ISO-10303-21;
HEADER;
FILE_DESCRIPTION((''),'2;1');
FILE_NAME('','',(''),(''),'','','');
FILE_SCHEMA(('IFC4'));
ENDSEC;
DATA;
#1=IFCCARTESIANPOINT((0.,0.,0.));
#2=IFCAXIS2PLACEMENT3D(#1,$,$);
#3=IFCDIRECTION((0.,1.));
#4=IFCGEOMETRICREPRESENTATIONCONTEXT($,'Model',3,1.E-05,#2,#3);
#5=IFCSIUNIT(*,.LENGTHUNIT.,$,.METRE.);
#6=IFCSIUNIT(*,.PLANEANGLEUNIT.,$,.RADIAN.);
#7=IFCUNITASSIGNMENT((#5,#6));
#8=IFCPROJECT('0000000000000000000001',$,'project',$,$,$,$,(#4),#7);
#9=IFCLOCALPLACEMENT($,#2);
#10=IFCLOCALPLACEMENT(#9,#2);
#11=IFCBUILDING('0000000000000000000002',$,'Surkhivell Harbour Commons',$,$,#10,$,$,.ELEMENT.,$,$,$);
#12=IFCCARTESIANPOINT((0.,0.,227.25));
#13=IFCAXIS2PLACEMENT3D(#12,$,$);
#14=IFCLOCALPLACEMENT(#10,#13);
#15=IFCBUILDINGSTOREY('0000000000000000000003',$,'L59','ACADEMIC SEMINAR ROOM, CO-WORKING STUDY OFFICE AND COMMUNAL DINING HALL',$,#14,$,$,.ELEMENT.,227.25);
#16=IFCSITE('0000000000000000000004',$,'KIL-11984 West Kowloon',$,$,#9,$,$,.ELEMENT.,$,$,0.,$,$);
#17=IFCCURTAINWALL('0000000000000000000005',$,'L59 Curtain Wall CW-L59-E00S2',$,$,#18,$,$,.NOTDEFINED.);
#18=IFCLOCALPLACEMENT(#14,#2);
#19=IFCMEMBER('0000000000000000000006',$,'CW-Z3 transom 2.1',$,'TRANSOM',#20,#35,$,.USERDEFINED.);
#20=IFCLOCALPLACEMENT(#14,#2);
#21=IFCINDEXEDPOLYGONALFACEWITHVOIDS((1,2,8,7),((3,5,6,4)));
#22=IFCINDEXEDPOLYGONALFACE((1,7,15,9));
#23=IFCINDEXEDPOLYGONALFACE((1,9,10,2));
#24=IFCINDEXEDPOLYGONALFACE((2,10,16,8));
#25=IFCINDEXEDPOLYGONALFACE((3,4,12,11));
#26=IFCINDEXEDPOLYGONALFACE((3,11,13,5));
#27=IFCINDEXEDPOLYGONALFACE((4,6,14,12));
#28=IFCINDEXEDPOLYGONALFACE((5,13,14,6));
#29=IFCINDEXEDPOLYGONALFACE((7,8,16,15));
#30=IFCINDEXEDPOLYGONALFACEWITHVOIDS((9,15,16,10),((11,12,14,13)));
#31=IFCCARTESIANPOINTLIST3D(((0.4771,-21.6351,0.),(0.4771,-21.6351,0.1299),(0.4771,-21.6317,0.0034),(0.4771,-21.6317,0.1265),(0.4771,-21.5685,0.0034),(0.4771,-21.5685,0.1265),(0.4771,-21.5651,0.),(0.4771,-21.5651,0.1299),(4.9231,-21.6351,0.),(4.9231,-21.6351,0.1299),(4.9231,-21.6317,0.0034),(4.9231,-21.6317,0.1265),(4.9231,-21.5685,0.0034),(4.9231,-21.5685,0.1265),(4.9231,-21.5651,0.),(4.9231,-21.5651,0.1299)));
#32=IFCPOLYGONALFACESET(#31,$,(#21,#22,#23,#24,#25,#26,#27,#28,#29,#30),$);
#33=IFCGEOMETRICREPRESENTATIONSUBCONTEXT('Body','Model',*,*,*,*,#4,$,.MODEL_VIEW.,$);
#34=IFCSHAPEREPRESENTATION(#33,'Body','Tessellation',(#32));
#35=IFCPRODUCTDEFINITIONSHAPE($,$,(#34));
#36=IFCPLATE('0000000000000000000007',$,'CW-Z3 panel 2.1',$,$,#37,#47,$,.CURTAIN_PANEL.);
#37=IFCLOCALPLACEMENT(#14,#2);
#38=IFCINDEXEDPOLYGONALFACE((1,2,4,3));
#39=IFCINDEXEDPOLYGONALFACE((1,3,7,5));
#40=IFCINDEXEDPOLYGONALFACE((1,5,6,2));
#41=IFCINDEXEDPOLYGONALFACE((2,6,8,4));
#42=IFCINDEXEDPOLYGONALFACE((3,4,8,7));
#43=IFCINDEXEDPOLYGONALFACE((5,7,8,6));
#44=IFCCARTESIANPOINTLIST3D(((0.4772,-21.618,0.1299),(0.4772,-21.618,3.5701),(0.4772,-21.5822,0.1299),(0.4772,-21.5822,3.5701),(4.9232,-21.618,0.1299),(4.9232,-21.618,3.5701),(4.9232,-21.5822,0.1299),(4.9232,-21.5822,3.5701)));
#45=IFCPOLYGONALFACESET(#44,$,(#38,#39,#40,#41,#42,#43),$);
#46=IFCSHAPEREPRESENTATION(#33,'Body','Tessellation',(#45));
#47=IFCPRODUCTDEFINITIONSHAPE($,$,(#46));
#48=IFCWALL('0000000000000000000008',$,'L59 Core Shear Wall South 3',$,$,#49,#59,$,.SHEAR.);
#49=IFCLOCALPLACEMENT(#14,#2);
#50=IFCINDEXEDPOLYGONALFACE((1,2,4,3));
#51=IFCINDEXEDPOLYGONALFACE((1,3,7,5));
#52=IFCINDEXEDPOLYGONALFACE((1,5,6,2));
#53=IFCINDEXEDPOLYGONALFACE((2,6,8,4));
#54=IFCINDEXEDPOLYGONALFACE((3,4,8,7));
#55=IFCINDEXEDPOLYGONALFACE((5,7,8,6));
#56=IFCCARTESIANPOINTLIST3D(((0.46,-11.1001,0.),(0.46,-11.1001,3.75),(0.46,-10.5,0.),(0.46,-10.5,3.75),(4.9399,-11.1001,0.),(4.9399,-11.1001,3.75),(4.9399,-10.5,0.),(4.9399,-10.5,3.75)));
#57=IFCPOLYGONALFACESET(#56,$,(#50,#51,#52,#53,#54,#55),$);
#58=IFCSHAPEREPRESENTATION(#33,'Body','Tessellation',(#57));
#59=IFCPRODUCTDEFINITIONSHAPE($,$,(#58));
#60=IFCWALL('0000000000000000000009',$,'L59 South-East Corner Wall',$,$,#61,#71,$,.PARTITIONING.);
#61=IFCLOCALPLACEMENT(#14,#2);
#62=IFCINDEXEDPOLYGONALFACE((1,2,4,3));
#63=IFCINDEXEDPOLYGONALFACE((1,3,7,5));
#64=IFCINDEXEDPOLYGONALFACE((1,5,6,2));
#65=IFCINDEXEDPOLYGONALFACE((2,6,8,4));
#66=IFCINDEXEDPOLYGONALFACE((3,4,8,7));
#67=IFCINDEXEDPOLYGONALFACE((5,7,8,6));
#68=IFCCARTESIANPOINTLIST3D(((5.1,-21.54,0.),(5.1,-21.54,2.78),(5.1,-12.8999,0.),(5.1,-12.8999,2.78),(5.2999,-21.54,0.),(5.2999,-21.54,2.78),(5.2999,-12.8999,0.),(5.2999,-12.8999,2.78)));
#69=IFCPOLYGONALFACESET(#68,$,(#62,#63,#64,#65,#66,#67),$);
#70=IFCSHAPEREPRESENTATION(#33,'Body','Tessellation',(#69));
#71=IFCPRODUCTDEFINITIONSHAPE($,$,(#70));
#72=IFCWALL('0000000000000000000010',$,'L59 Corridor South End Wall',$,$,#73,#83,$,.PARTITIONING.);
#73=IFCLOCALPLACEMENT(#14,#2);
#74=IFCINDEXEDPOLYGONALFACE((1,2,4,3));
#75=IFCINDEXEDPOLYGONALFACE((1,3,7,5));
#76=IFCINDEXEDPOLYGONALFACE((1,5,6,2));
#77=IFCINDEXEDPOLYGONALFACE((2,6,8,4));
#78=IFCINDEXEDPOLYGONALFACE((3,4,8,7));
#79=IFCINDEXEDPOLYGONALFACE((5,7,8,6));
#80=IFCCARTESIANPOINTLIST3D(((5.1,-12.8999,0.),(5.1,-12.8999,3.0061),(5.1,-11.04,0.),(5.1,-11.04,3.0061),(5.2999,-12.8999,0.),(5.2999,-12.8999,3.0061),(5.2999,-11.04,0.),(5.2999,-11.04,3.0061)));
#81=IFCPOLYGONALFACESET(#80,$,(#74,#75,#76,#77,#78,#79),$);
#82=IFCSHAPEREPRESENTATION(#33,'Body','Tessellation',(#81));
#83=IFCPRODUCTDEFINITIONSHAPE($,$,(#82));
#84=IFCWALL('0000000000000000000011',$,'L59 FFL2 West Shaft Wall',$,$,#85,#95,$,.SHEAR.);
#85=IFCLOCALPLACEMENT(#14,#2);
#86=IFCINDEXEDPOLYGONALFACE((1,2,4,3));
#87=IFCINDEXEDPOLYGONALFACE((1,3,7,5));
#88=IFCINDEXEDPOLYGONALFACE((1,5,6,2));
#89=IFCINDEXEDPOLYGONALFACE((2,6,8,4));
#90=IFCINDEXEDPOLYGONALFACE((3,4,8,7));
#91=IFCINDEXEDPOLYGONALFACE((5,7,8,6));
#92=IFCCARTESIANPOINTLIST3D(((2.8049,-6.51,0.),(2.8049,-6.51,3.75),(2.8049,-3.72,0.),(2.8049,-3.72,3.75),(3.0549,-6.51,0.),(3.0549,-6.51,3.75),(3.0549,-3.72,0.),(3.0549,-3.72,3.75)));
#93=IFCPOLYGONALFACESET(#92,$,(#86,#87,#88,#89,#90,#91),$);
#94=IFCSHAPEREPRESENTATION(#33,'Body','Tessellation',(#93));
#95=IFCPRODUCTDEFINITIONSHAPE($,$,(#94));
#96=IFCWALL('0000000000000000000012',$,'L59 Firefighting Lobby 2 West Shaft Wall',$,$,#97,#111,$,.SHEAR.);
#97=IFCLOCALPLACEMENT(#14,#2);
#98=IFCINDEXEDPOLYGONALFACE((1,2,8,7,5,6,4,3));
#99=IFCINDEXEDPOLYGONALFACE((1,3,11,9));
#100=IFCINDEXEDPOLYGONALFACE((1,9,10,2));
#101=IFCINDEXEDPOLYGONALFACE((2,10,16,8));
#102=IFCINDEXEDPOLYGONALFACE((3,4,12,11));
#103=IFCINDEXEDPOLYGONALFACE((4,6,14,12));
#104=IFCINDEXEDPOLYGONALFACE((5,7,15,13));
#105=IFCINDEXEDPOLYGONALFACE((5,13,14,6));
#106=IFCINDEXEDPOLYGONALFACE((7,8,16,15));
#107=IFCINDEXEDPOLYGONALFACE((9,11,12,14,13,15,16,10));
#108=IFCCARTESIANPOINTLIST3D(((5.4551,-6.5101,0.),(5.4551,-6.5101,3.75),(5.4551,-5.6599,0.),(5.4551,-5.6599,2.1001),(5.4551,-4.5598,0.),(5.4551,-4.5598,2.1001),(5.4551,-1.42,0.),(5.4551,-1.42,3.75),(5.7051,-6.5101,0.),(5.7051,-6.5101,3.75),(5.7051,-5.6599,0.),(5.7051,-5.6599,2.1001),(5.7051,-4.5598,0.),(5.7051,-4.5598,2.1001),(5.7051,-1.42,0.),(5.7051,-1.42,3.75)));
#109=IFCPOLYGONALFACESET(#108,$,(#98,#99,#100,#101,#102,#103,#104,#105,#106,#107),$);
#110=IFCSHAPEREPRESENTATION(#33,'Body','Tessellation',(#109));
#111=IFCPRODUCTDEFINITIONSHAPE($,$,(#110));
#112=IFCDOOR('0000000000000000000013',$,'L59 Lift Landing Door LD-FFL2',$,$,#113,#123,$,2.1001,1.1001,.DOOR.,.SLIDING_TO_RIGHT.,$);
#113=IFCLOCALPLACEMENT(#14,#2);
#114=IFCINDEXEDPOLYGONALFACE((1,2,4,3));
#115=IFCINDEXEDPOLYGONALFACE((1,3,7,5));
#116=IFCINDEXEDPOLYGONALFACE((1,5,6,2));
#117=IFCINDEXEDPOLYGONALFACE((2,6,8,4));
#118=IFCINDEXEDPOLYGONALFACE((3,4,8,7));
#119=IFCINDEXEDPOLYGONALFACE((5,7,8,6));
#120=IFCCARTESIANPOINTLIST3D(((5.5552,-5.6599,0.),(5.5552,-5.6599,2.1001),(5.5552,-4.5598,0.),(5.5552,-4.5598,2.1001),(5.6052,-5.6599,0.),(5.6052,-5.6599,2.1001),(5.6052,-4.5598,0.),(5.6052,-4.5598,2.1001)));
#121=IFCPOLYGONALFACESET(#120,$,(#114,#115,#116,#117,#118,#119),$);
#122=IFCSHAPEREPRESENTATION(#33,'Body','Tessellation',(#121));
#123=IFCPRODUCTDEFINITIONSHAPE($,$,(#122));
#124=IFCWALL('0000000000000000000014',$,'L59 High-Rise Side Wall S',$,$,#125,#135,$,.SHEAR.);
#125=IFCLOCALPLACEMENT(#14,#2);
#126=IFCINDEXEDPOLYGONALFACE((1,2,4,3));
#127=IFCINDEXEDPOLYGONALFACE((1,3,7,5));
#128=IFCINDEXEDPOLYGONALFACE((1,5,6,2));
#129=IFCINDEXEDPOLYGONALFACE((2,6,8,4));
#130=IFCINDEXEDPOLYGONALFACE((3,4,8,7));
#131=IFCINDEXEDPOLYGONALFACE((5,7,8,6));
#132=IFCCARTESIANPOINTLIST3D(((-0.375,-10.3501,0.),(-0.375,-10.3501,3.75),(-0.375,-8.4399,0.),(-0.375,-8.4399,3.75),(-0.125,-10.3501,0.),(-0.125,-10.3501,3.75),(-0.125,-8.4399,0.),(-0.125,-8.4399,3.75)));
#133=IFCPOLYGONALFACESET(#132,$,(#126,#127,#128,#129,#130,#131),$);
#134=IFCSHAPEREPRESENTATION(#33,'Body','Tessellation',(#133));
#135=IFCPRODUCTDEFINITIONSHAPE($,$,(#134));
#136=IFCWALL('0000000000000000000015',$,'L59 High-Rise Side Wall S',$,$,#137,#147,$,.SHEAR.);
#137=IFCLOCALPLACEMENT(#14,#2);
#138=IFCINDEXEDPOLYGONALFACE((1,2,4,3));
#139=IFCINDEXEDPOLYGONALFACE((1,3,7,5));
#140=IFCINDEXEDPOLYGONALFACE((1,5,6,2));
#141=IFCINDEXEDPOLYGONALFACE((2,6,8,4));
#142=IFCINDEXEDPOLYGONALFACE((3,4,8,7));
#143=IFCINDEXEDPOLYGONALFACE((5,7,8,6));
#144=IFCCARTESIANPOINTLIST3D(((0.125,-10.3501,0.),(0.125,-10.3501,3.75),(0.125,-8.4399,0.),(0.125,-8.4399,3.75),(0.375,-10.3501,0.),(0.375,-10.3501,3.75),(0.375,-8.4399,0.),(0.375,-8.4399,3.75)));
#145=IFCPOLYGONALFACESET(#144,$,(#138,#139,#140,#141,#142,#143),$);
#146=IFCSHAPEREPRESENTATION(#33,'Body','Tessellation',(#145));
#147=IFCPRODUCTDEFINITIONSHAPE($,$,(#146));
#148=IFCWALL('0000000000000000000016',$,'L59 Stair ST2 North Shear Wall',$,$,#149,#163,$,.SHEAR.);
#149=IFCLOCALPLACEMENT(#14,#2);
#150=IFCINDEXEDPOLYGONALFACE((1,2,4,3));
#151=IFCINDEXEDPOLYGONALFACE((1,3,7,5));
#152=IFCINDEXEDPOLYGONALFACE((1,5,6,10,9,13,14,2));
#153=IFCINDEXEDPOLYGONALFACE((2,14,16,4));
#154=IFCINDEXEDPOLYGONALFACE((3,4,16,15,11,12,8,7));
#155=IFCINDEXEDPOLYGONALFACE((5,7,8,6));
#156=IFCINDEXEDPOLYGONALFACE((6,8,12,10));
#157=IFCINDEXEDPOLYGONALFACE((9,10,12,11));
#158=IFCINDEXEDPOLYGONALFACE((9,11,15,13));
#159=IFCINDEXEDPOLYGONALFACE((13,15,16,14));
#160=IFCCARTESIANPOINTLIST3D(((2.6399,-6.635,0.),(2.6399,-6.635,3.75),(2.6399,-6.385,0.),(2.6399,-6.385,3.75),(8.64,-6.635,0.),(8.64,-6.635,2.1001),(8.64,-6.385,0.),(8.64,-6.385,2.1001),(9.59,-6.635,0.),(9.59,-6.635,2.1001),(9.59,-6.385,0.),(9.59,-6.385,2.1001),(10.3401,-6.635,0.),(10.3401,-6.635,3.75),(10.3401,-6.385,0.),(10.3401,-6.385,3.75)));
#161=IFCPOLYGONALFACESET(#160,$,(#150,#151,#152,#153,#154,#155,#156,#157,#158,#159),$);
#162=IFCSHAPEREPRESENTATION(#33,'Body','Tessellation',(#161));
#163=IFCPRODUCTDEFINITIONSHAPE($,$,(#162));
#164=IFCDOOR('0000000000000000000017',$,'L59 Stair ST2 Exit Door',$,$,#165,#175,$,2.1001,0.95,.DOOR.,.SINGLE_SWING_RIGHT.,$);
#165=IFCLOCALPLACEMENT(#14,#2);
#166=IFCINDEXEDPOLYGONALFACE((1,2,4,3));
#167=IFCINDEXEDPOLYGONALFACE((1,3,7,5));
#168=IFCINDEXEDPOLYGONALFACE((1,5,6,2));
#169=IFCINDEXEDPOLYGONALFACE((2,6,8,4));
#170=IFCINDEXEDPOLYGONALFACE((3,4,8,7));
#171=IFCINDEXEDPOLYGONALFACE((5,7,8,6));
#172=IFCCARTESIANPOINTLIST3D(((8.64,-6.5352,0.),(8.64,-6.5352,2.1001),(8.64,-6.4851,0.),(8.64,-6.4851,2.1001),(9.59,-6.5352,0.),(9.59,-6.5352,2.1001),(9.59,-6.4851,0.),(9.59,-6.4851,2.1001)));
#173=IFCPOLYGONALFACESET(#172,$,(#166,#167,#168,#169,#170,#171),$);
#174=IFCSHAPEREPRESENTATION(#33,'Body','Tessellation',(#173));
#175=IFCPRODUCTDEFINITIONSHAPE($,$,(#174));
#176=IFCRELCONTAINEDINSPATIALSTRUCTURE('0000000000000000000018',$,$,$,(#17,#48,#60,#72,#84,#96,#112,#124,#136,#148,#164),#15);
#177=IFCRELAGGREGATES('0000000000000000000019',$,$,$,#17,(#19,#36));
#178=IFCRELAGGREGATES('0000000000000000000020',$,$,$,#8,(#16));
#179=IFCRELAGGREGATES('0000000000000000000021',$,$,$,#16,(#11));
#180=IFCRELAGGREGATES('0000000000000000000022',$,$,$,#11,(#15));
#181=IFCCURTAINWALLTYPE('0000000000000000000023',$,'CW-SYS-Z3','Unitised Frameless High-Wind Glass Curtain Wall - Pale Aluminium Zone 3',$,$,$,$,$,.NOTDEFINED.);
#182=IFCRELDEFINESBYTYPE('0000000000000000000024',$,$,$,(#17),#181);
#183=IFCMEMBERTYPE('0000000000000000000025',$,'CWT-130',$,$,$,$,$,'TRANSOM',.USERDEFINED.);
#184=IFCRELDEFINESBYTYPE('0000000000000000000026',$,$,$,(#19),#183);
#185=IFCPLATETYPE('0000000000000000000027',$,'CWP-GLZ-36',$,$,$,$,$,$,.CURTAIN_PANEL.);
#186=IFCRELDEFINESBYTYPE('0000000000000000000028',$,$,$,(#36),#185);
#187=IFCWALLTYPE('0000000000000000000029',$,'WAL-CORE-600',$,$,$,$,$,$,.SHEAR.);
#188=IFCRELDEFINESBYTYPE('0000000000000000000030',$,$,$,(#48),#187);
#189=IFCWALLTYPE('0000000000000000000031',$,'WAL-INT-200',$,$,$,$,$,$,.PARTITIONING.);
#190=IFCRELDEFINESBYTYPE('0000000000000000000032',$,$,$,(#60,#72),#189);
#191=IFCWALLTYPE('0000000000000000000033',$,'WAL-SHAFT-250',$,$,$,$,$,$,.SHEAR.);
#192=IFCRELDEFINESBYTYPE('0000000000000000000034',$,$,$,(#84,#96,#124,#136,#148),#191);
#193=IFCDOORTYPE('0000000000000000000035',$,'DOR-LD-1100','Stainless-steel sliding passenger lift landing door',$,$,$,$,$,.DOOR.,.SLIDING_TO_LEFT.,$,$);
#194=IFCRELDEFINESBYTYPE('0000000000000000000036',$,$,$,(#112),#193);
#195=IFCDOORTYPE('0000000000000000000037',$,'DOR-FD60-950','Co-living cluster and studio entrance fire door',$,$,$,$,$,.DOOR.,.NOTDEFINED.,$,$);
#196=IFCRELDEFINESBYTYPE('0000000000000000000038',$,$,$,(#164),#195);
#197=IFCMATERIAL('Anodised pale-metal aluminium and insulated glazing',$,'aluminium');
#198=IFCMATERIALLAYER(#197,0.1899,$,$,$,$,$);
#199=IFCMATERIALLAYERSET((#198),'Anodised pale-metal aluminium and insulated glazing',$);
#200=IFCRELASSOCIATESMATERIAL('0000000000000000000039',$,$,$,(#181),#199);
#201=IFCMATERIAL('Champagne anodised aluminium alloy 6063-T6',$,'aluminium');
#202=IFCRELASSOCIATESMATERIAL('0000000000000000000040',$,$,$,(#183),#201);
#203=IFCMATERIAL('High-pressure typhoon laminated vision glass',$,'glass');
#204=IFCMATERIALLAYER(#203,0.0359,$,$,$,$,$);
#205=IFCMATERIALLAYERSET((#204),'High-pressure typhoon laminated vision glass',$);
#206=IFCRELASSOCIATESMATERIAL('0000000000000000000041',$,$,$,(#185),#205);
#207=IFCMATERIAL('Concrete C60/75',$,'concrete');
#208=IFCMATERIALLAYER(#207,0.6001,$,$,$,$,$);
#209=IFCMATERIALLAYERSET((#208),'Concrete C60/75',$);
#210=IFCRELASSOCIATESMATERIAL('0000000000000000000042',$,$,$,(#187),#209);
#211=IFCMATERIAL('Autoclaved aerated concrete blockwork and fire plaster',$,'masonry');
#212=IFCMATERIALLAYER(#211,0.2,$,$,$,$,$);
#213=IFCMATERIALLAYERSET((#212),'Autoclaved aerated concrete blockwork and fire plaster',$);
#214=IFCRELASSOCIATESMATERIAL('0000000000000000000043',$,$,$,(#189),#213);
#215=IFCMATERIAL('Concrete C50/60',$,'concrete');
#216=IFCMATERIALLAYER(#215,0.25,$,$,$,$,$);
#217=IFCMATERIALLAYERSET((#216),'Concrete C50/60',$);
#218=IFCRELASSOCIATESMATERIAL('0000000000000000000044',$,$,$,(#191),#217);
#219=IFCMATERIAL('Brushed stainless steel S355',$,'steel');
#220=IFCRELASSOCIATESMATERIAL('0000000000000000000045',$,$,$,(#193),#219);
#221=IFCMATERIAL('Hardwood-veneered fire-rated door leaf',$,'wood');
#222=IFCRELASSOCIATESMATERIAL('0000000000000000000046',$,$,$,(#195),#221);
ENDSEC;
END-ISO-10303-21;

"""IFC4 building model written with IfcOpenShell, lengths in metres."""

from ifc_helpers import new_model, si_unit, direction, frame, frame_2d, origin, origin_2d, place, context, subcontext, project, spatial, rectangle, hollow_rectangle, extrude, material, layer, layer_set, material_profile, profile_set, type_object, element, fill, aggregate, save


model = new_model("IFC4")

# Units and contexts
model_context = context("Model", 3, precision=1e-05, world=origin(), true_north=direction((0.0, 1.0)))
body_context = subcontext(model_context, "Body", "Model", "MODEL_VIEW")
ifc_project = project(units=[si_unit("LENGTHUNIT", "METRE"), si_unit("PLANEANGLEUNIT", "RADIAN")], contexts=[model_context])

# Site, building, storey
site_placement = place(None, origin())
site = spatial("IfcSite", under=ifc_project, at=site_placement, Name="KIL-11984 West Kowloon", CompositionType="ELEMENT", RefElevation=0.0)
building_placement = place(site_placement, origin())
building = spatial("IfcBuilding", under=site, at=building_placement, Name="Surkhivell Harbour Commons", CompositionType="ELEMENT")
storey_placement = place(building_placement, frame((0.0, 0.0, 227.25)))
storey = spatial("IfcBuildingStorey", under=building, at=storey_placement, Name="L59", Description="ACADEMIC SEMINAR ROOM, CO-WORKING STUDY OFFICE AND COMMUNAL DINING HALL", CompositionType="ELEMENT", Elevation=227.25)

# Shared definitions
ifc_material_1 = material(Name="Concrete C60/75", Category="concrete")
ifc_material_2 = material(Name="Concrete C50/60", Category="concrete")

# Curtain wall, member, plate
ifc_material_3 = material(Name="Anodised pale-metal aluminium and insulated glazing", Category="aluminium")
ifc_layer_1 = layer(ifc_material_3, 0.1899)
ifc_layer_set_1 = layer_set([ifc_layer_1], Name="Anodised pale-metal aluminium and insulated glazing")
curtain_wall_type = type_object("IfcCurtainWallType", Name="CW-SYS-Z3", Description="Unitised Frameless High-Wind Glass Curtain Wall - Pale Aluminium Zone 3", PredefinedType="NOTDEFINED", material=ifc_layer_set_1)
curtain_wall_placement = place(storey_placement, origin())
curtain_wall = element("IfcCurtainWall", 1, at=curtain_wall_placement, inside=storey, type_object=curtain_wall_type, Name="L59 Curtain Wall CW-L59-E00S2", PredefinedType="NOTDEFINED")
ifc_material_4 = material(Name="Champagne anodised aluminium alloy 6063-T6", Category="aluminium")
ifc_material_profile_1 = material_profile(ifc_material_4, hollow_rectangle(XDim=0.0701, YDim=0.1299, WallThickness=0.0034, at=origin_2d()), Name="ALU-TRAN-70x130")
ifc_profile_set_1 = profile_set([ifc_material_profile_1], Name="Champagne anodised aluminium alloy 6063-T6")
member_type_1 = type_object("IfcMemberType", Name="CWT-130", ElementType="TRANSOM", PredefinedType="USERDEFINED", material=ifc_profile_set_1)
member_1_placement = place(storey_placement, frame((0.4771, -21.6001, 0.0649), z_axis=(1.0, 0.0, 0.0), x_axis=(0.0, 1.0, 0.0)))
member_1 = element("IfcMember", 2, at=member_1_placement, type_object=member_type_1, Name="CW-Z3 transom 2.1", ObjectType="TRANSOM", PredefinedType="USERDEFINED", context=body_context, shape_type="SweptSolid", body=[
    extrude(hollow_rectangle(XDim=0.0701, YDim=0.1299, WallThickness=0.0034, at=origin_2d()), origin(), (0.0, 0.0, 1.0), 4.446),
])
ifc_material_5 = material(Name="High-pressure typhoon laminated vision glass", Category="glass")
ifc_layer_2 = layer(ifc_material_5, 0.0359)
ifc_layer_set_2 = layer_set([ifc_layer_2], Name="High-pressure typhoon laminated vision glass")
plate_type = type_object("IfcPlateType", Name="CWP-GLZ-36", PredefinedType="CURTAIN_PANEL", material=ifc_layer_set_2)
plate_placement = place(storey_placement, frame((0.4771, -21.6001, 0.1299), z_axis=(0.0, 0.0, 1.0), x_axis=(1.0, 0.0, 0.0)))
plate = element("IfcPlate", 3, at=plate_placement, type_object=plate_type, Name="CW-Z3 panel 2.1", PredefinedType="CURTAIN_PANEL", context=body_context, shape_type="SweptSolid", body=[
    extrude(rectangle(XDim=4.446, YDim=0.0359, at=frame_2d((2.2231, 0.0))), origin(), (0.0, 0.0, 1.0), 3.4402),
])
aggregate(curtain_wall, [member_1, plate])

# Walls
ifc_layer_3 = layer(ifc_material_1, 0.6001)
ifc_layer_set_3 = layer_set([ifc_layer_3], Name="Concrete C60/75")
wall_type_1 = type_object("IfcWallType", Name="WAL-CORE-600", PredefinedType="SHEAR", material=ifc_layer_set_3)
wall_1_placement = place(storey_placement, frame((0.46, -10.8, 0.0), z_axis=(0.0, 0.0, 1.0), x_axis=(1.0, 0.0, 0.0)))
element("IfcWall", 4, at=wall_1_placement, inside=storey, type_object=wall_type_1, Name="L59 Core Shear Wall South 3", PredefinedType="SHEAR", context=body_context, shape_type="SweptSolid", body=[
    extrude(rectangle(XDim=4.48, YDim=0.6001, at=frame_2d((2.24, 0.0))), origin(), (0.0, 0.0, 1.0), 3.75),
])
ifc_material_6 = material(Name="Autoclaved aerated concrete blockwork and fire plaster", Category="masonry")
ifc_layer_4 = layer(ifc_material_6, 0.2)
ifc_layer_set_4 = layer_set([ifc_layer_4], Name="Autoclaved aerated concrete blockwork and fire plaster")
wall_type_2 = type_object("IfcWallType", Name="WAL-INT-200", PredefinedType="PARTITIONING", material=ifc_layer_set_4)
wall_2_placement = place(storey_placement, frame((5.2, -21.54, 0.0), z_axis=(0.0, 0.0, 1.0), x_axis=(0.0, 1.0, 0.0)))
element("IfcWall", 5, at=wall_2_placement, inside=storey, type_object=wall_type_2, Name="L59 South-East Corner Wall", PredefinedType="PARTITIONING", context=body_context, shape_type="SweptSolid", body=[
    extrude(rectangle(XDim=8.6401, YDim=0.2, at=frame_2d((4.3201, 0.0))), origin(), (0.0, 0.0, 1.0), 2.78),
])
wall_3_placement = place(storey_placement, frame((5.2, -12.8999, 0.0), z_axis=(0.0, 0.0, 1.0), x_axis=(0.0, 1.0, 0.0)))
element("IfcWall", 6, at=wall_3_placement, inside=storey, type_object=wall_type_2, Name="L59 Corridor South End Wall", PredefinedType="PARTITIONING", context=body_context, shape_type="SweptSolid", body=[
    extrude(rectangle(XDim=1.8599, YDim=0.2, at=frame_2d((0.9299, 0.0))), origin(), (0.0, 0.0, 1.0), 3.0061),
])
ifc_layer_5 = layer(ifc_material_2, 0.25)
ifc_layer_set_5 = layer_set([ifc_layer_5], Name="Concrete C50/60")
wall_type_3 = type_object("IfcWallType", Name="WAL-SHAFT-250", PredefinedType="SHEAR", material=ifc_layer_set_5)
wall_4_placement = place(storey_placement, frame((2.9299, -6.51, 0.0), z_axis=(0.0, 0.0, 1.0), x_axis=(0.0, 1.0, 0.0)))
element("IfcWall", 7, at=wall_4_placement, inside=storey, type_object=wall_type_3, Name="L59 FFL2 West Shaft Wall", PredefinedType="SHEAR", context=body_context, shape_type="SweptSolid", body=[
    extrude(rectangle(XDim=2.79, YDim=0.25, at=frame_2d((1.395, 0.0))), origin(), (0.0, 0.0, 1.0), 3.75),
])

# Wall, opening, door
wall_5_placement = place(storey_placement, frame((5.5801, -6.51, 0.0), z_axis=(0.0, 0.0, 1.0), x_axis=(0.0, 1.0, 0.0)))
wall_5 = element("IfcWall", 8, at=wall_5_placement, inside=storey, type_object=wall_type_3, Name="L59 Firefighting Lobby 2 West Shaft Wall", PredefinedType="SHEAR", context=body_context, shape_type="SweptSolid", body=[
    extrude(rectangle(XDim=5.0901, YDim=0.25, at=frame_2d((2.5449, 0.0))), origin(), (0.0, 0.0, 1.0), 3.75),
])
opening_1_placement = place(wall_5_placement, frame((0.8501, 0.0, 0.0)))
opening_1 = element("IfcOpeningElement", 9, at=opening_1_placement, cuts=wall_5, PredefinedType="OPENING", context=body_context, shape_type="SweptSolid", body=[
    extrude(rectangle(XDim=1.1001, YDim=2.1001, at=frame_2d((0.55, 1.05))), frame((0.0, 0.135, 0.0), z_axis=(0.0, -1.0, 0.0), x_axis=(1.0, 0.0, 0.0)), (0.0, 0.0, 1.0), 0.27),
])
ifc_material_7 = material(Name="Brushed stainless steel S355", Category="steel")
door_type_1 = type_object("IfcDoorType", Name="DOR-LD-1100", Description="Stainless-steel sliding passenger lift landing door", OperationType="SLIDING_TO_LEFT", PredefinedType="DOOR", material=ifc_material_7)
door_1_placement = place(opening_1_placement, origin())
door_1 = element("IfcDoor", 10, at=door_1_placement, inside=storey, type_object=door_type_1, Name="L59 Lift Landing Door LD-FFL2", OperationType="SLIDING_TO_RIGHT", OverallHeight=2.1001, OverallWidth=1.1001, PredefinedType="DOOR", context=body_context, shape_type="SweptSolid", body=[
    extrude(rectangle(XDim=1.1001, YDim=2.1001, at=frame_2d((0.55, 1.05))), frame((0.0, 0.0249, 0.0), z_axis=(0.0, -1.0, 0.0), x_axis=(1.0, 0.0, 0.0)), (0.0, 0.0, 1.0), 0.05),
])
fill(opening_1, door_1)

# Walls
for number, where, z_axis, x_axis, name in (
    (11, (-0.25, -10.3501, 0.0), (0.0, 0.0, 1.0), (0.0, 1.0, 0.0), "L59 High-Rise Side Wall S"),
    (12, (0.25, -10.3501, 0.0), (0.0, 0.0, 1.0), (0.0, 1.0, 0.0), "L59 High-Rise Side Wall S"),
):
    element("IfcWall", number, at=place(storey_placement, frame(where, z_axis=z_axis, x_axis=x_axis)), inside=storey, type_object=wall_type_3, Name=name, PredefinedType="SHEAR", context=body_context, shape_type="SweptSolid", body=[
        extrude(rectangle(XDim=1.9102, YDim=0.25, at=frame_2d((0.9551, 0.0))), origin(), (0.0, 0.0, 1.0), 3.75),
    ])

# Wall, opening, door
wall_6_placement = place(storey_placement, frame((2.6399, -6.51, 0.0), z_axis=(0.0, 0.0, 1.0), x_axis=(1.0, 0.0, 0.0)))
wall_6 = element("IfcWall", 13, at=wall_6_placement, inside=storey, type_object=wall_type_3, Name="L59 Stair ST2 North Shear Wall", PredefinedType="SHEAR", context=body_context, shape_type="SweptSolid", body=[
    extrude(rectangle(XDim=7.7002, YDim=0.25, at=frame_2d((3.8501, 0.0))), origin(), (0.0, 0.0, 1.0), 3.75),
])
opening_2_placement = place(wall_6_placement, frame((6.0, 0.0, 0.0)))
opening_2 = element("IfcOpeningElement", 14, at=opening_2_placement, cuts=wall_6, PredefinedType="OPENING", context=body_context, shape_type="SweptSolid", body=[
    extrude(rectangle(XDim=0.95, YDim=2.1001, at=frame_2d((0.4751, 1.05))), frame((0.0, 0.135, 0.0), z_axis=(0.0, -1.0, 0.0), x_axis=(1.0, 0.0, 0.0)), (0.0, 0.0, 1.0), 0.27),
])
ifc_material_8 = material(Name="Hardwood-veneered fire-rated door leaf", Category="wood")
door_type_2 = type_object("IfcDoorType", Name="DOR-FD60-950", Description="Co-living cluster and studio entrance fire door", OperationType="NOTDEFINED", PredefinedType="DOOR", material=ifc_material_8)
door_2_placement = place(opening_2_placement, origin())
door_2 = element("IfcDoor", 15, at=door_2_placement, inside=storey, type_object=door_type_2, Name="L59 Stair ST2 Exit Door", OperationType="SINGLE_SWING_RIGHT", OverallHeight=2.1001, OverallWidth=0.95, PredefinedType="DOOR", context=body_context, shape_type="SweptSolid", body=[
    extrude(rectangle(XDim=0.95, YDim=2.1001, at=frame_2d((0.4751, 1.05))), frame((0.0, 0.0249, 0.0), z_axis=(0.0, -1.0, 0.0), x_axis=(1.0, 0.0, 0.0)), (0.0, 0.0, 1.0), 0.05),
])
fill(opening_2, door_2)

save(model, "model.ifc")
